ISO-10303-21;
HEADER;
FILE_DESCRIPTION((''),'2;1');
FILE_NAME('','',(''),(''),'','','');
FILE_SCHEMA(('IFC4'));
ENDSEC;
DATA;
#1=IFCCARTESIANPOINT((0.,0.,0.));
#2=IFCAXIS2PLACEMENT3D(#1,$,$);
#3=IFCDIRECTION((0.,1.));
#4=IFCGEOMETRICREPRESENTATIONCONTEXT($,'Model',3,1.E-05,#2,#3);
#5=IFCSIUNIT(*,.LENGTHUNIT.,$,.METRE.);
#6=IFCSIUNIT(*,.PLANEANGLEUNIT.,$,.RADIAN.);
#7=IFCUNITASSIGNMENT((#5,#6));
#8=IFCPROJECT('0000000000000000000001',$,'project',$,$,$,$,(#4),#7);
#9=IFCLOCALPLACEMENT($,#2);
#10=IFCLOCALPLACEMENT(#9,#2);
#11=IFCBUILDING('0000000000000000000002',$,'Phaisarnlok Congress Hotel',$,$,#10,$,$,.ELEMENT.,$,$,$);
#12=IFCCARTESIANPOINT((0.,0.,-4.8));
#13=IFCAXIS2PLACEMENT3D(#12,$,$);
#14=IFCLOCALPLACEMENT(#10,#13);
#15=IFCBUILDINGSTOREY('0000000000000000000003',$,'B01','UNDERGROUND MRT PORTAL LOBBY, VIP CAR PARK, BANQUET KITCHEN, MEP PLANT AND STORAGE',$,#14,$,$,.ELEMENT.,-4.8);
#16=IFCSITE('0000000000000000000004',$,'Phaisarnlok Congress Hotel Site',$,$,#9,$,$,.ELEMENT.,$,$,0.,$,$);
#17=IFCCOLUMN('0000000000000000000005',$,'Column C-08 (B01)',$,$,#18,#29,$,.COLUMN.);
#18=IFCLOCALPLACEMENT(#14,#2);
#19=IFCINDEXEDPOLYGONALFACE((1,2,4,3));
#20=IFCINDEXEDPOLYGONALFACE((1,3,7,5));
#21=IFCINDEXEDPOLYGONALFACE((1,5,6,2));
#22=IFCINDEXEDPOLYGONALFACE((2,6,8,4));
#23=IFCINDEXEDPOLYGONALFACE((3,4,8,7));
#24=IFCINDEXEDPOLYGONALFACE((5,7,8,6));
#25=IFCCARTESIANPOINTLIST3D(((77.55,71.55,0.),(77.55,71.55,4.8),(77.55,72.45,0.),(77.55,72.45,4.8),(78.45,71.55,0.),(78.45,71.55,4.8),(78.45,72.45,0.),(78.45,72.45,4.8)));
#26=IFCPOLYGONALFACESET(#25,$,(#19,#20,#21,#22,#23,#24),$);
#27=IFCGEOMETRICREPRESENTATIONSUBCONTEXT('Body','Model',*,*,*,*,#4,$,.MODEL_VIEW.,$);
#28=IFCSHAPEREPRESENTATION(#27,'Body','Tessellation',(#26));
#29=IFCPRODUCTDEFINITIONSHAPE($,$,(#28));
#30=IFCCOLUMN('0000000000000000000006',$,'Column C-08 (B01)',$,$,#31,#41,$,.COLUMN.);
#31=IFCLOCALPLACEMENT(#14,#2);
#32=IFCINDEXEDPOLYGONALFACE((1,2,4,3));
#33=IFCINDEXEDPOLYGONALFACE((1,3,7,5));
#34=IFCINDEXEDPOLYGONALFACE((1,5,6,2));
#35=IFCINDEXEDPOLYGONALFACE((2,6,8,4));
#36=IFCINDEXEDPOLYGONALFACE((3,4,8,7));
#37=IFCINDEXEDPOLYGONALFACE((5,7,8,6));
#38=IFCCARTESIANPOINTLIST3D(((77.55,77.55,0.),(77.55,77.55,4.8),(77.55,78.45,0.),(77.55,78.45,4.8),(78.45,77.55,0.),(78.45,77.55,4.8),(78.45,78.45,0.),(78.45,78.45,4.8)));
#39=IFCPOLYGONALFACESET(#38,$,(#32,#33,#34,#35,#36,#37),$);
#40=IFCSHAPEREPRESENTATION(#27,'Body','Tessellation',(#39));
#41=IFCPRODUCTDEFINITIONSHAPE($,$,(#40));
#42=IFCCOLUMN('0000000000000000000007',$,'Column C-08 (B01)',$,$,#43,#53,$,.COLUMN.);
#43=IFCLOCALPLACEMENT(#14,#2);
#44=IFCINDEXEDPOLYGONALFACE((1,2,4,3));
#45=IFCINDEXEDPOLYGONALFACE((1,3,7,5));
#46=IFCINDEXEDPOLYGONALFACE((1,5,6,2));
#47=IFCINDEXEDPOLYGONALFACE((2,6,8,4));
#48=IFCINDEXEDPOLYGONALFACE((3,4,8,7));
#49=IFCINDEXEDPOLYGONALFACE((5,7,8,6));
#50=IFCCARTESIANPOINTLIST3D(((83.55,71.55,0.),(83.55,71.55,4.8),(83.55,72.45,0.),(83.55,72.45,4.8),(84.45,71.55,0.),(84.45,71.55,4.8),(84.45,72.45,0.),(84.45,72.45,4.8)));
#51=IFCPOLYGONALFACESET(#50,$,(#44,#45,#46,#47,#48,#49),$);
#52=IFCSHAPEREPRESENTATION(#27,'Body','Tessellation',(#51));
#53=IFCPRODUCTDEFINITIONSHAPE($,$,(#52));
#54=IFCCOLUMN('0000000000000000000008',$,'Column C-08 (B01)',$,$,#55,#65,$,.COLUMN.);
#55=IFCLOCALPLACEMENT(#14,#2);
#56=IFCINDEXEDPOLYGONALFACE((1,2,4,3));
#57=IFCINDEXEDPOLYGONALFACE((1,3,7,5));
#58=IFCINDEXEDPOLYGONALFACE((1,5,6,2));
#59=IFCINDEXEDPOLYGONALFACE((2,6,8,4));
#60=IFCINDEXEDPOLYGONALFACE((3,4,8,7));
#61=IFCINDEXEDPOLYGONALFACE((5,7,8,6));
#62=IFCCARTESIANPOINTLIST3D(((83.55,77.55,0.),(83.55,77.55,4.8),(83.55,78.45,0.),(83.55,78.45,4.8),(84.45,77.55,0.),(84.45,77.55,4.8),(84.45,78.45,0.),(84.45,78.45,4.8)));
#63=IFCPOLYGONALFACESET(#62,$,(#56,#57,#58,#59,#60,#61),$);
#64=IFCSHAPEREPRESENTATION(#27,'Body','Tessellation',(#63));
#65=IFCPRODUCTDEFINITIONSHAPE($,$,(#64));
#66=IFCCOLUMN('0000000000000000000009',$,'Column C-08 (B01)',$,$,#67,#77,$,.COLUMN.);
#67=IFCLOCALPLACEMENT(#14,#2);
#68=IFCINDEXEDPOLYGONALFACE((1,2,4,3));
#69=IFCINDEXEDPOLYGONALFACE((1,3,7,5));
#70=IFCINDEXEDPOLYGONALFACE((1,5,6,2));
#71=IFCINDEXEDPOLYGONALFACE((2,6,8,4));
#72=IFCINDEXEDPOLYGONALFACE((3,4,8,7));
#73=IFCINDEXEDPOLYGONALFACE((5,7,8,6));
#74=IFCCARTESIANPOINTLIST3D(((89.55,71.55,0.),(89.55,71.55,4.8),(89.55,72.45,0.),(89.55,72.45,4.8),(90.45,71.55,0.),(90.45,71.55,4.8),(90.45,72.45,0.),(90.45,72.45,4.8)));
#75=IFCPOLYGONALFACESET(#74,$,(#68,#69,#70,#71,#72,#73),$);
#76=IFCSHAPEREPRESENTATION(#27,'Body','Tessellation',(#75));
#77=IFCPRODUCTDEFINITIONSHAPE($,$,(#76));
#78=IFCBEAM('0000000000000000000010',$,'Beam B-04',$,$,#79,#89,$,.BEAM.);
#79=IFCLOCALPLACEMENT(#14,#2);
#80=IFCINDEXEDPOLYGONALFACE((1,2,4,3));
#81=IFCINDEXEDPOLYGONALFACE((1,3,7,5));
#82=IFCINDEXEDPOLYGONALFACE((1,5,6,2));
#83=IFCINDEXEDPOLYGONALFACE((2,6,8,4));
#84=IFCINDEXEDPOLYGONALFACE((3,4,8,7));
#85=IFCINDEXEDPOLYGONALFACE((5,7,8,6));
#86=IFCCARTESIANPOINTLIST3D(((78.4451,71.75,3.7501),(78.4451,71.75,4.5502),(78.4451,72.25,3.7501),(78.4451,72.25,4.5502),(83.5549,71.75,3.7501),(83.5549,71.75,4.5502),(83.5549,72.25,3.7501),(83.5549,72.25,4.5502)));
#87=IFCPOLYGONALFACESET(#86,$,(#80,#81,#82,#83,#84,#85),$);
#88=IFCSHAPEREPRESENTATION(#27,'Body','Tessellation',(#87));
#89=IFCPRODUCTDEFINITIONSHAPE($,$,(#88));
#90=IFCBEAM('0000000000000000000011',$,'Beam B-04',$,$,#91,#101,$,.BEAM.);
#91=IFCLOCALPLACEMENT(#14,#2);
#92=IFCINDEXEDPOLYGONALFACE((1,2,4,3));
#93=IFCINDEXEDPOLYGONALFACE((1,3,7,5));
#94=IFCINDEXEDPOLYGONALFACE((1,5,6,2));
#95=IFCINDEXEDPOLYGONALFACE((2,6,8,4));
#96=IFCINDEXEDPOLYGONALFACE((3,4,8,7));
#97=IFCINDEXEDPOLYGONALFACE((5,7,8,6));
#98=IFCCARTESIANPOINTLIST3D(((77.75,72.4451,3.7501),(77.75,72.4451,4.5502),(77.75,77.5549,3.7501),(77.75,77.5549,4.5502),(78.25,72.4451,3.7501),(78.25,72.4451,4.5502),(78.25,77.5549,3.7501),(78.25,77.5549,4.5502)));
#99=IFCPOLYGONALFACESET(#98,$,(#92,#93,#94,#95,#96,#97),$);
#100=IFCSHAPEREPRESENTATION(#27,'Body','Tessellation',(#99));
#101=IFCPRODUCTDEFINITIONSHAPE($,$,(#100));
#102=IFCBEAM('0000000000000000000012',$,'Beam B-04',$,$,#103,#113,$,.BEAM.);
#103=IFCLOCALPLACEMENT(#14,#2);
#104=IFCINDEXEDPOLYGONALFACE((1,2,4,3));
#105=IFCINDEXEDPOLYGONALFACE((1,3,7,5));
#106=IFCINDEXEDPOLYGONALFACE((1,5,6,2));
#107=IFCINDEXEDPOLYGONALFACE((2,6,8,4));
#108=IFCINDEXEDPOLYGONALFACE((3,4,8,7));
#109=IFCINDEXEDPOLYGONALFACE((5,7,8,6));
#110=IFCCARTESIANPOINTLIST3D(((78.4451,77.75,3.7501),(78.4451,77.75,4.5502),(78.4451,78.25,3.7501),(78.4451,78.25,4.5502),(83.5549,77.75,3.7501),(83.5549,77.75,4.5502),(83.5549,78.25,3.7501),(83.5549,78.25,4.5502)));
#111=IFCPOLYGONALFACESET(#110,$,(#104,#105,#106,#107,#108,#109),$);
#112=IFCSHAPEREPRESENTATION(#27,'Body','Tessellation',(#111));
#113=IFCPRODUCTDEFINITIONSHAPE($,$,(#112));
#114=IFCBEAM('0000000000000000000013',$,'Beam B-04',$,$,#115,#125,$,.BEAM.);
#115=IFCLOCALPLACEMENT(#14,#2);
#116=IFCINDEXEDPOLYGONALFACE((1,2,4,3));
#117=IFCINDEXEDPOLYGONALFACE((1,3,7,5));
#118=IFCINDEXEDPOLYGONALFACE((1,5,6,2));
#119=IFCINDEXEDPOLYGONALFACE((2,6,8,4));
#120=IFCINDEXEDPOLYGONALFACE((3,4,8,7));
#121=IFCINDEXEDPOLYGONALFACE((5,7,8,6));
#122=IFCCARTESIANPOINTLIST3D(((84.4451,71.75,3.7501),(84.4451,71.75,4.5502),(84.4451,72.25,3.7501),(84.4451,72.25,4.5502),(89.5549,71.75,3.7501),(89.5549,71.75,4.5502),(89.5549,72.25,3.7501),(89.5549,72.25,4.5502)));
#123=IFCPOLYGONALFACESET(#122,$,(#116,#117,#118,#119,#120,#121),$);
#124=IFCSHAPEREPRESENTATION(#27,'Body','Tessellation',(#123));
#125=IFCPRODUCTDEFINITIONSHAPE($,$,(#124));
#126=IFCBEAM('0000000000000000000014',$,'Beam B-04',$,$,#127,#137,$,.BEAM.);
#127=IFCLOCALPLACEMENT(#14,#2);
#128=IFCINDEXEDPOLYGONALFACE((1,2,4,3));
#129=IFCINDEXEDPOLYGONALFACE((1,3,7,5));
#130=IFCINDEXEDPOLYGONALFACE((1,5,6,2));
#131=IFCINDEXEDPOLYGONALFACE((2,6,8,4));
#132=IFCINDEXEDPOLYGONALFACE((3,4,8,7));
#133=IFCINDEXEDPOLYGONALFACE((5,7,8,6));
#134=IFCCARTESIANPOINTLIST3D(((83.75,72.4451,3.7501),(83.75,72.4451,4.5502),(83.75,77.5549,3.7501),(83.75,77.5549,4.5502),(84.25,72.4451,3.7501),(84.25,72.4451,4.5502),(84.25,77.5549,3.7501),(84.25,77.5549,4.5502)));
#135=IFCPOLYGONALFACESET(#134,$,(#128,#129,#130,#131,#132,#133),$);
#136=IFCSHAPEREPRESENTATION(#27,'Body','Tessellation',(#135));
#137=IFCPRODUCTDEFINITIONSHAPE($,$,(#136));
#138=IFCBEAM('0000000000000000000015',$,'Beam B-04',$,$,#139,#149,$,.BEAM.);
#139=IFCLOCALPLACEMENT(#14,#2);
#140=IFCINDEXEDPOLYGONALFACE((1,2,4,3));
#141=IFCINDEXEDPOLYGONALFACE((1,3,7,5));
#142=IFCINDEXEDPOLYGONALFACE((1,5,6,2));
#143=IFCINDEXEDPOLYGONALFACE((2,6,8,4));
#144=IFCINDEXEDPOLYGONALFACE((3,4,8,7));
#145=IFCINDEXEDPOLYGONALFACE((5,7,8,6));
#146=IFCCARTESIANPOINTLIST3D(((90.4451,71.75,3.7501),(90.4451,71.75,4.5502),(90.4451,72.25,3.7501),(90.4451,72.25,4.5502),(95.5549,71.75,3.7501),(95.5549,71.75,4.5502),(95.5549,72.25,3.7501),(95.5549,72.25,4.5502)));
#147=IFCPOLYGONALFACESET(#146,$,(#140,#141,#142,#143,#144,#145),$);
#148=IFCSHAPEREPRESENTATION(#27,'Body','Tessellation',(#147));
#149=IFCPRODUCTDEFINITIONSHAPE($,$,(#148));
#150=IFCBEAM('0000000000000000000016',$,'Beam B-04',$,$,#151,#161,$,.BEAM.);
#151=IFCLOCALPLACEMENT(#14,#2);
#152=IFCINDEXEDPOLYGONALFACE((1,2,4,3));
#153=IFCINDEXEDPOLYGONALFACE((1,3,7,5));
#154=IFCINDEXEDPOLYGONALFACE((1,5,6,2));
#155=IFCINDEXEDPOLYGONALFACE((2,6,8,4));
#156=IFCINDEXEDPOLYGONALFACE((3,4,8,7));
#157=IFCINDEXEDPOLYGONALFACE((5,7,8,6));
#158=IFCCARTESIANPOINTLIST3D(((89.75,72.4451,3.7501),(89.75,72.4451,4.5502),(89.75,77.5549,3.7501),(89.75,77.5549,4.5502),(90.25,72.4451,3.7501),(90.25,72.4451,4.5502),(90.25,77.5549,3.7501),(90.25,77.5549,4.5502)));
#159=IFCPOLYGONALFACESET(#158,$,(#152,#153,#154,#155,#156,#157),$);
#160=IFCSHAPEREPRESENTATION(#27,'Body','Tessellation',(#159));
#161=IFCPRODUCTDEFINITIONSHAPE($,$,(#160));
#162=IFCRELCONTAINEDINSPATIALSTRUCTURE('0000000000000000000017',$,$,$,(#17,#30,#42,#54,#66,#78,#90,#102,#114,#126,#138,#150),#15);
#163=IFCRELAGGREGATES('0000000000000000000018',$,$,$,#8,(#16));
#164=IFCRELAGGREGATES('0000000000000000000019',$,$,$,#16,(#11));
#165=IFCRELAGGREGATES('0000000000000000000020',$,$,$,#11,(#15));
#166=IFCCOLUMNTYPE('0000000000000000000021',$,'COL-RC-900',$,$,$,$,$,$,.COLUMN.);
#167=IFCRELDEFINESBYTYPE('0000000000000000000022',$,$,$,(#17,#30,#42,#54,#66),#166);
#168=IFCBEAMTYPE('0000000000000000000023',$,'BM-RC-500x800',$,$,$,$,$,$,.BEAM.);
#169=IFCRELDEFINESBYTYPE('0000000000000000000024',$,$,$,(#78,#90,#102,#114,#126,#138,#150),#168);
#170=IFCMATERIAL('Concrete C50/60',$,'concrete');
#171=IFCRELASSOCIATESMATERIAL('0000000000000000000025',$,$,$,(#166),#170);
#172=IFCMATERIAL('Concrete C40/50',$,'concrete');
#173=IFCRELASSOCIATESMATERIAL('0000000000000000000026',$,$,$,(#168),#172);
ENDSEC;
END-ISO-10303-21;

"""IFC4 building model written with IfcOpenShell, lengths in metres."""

from ifc_helpers import new_model, si_unit, direction, frame, origin, origin_2d, place, context, subcontext, project, spatial, rectangle, extrude, material, material_profile, profile_set, type_object, element, save


model = new_model("IFC4")

# Units and contexts
model_context = context("Model", 3, precision=1e-05, world=origin(), true_north=direction((0.0, 1.0)))
body_context = subcontext(model_context, "Body", "Model", "MODEL_VIEW")
ifc_project = project(units=[si_unit("LENGTHUNIT", "METRE"), si_unit("PLANEANGLEUNIT", "RADIAN")], contexts=[model_context])

# Site, building, storey
site_placement = place(None, origin())
site = spatial("IfcSite", under=ifc_project, at=site_placement, Name="Phaisarnlok Congress Hotel Site", CompositionType="ELEMENT", RefElevation=0.0)
building_placement = place(site_placement, origin())
building = spatial("IfcBuilding", under=site, at=building_placement, Name="Phaisarnlok Congress Hotel", CompositionType="ELEMENT")
storey_placement = place(building_placement, frame((0.0, 0.0, -4.8)))
storey = spatial("IfcBuildingStorey", under=building, at=storey_placement, Name="B01", Description="UNDERGROUND MRT PORTAL LOBBY, VIP CAR PARK, BANQUET KITCHEN, MEP PLANT AND STORAGE", CompositionType="ELEMENT", Elevation=-4.8)

# Shared definitions
ifc_material_1 = material(Name="Concrete C40/50", Category="concrete")

# Columns
ifc_material_2 = material(Name="Concrete C50/60", Category="concrete")
ifc_material_profile_1 = material_profile(ifc_material_2, rectangle(XDim=0.8999, YDim=0.8999, at=origin_2d()), Name="RC 900x900")
ifc_profile_set_1 = profile_set([ifc_material_profile_1], Name="Concrete C50/60")
column_type = type_object("IfcColumnType", Name="COL-RC-900", PredefinedType="COLUMN", material=ifc_profile_set_1)
for number, where, z_axis, x_axis, name in (
    (1, (78.0, 72.0, 0.0), (0.0, 0.0, 1.0), (1.0, 0.0, 0.0), "Column C-08 (B01)"),
    (2, (78.0, 78.0, 0.0), (0.0, 0.0, 1.0), (1.0, 0.0, 0.0), "Column C-08 (B01)"),
    (3, (84.0, 72.0, 0.0), (0.0, 0.0, 1.0), (1.0, 0.0, 0.0), "Column C-08 (B01)"),
    (4, (84.0, 78.0, 0.0), (0.0, 0.0, 1.0), (1.0, 0.0, 0.0), "Column C-08 (B01)"),
    (5, (90.0, 72.0, 0.0), (0.0, 0.0, 1.0), (1.0, 0.0, 0.0), "Column C-08 (B01)"),
):
    element("IfcColumn", number, at=place(storey_placement, frame(where, z_axis=z_axis, x_axis=x_axis)), inside=storey, type_object=column_type, Name=name, PredefinedType="COLUMN", context=body_context, shape_type="SweptSolid", body=[
        extrude(rectangle(XDim=0.8999, YDim=0.8999, at=origin_2d()), origin(), (0.0, 0.0, 1.0), 4.8),
    ])

# Beams
ifc_material_profile_2 = material_profile(ifc_material_1, rectangle(XDim=0.5, YDim=0.8, at=origin_2d()), Name="RC 500x800")
ifc_profile_set_2 = profile_set([ifc_material_profile_2], Name="Concrete C40/50")
beam_type = type_object("IfcBeamType", Name="BM-RC-500x800", PredefinedType="BEAM", material=ifc_profile_set_2)
for number, where, z_axis, x_axis, name in (
    (6, (78.4451, 72.0, 4.1501), (1.0, 0.0, 0.0), (0.0, 1.0, 0.0), "Beam B-04"),
    (7, (78.0, 72.4451, 4.1501), (0.0, 1.0, 0.0), (-1.0, 0.0, 0.0), "Beam B-04"),
    (8, (78.4451, 78.0, 4.1501), (1.0, 0.0, 0.0), (0.0, 1.0, 0.0), "Beam B-04"),
    (9, (84.4451, 72.0, 4.1501), (1.0, 0.0, 0.0), (0.0, 1.0, 0.0), "Beam B-04"),
    (10, (84.0, 72.4451, 4.1501), (0.0, 1.0, 0.0), (-1.0, 0.0, 0.0), "Beam B-04"),
    (11, (90.4451, 72.0, 4.1501), (1.0, 0.0, 0.0), (0.0, 1.0, 0.0), "Beam B-04"),
    (12, (90.0, 72.4451, 4.1501), (0.0, 1.0, 0.0), (-1.0, 0.0, 0.0), "Beam B-04"),
):
    element("IfcBeam", number, at=place(storey_placement, frame(where, z_axis=z_axis, x_axis=x_axis)), inside=storey, type_object=beam_type, Name=name, PredefinedType="BEAM", context=body_context, shape_type="SweptSolid", body=[
        extrude(rectangle(XDim=0.5, YDim=0.8, at=origin_2d()), origin(), (0.0, 0.0, 1.0), 5.1099),
    ])

save(model, "model.ifc")
